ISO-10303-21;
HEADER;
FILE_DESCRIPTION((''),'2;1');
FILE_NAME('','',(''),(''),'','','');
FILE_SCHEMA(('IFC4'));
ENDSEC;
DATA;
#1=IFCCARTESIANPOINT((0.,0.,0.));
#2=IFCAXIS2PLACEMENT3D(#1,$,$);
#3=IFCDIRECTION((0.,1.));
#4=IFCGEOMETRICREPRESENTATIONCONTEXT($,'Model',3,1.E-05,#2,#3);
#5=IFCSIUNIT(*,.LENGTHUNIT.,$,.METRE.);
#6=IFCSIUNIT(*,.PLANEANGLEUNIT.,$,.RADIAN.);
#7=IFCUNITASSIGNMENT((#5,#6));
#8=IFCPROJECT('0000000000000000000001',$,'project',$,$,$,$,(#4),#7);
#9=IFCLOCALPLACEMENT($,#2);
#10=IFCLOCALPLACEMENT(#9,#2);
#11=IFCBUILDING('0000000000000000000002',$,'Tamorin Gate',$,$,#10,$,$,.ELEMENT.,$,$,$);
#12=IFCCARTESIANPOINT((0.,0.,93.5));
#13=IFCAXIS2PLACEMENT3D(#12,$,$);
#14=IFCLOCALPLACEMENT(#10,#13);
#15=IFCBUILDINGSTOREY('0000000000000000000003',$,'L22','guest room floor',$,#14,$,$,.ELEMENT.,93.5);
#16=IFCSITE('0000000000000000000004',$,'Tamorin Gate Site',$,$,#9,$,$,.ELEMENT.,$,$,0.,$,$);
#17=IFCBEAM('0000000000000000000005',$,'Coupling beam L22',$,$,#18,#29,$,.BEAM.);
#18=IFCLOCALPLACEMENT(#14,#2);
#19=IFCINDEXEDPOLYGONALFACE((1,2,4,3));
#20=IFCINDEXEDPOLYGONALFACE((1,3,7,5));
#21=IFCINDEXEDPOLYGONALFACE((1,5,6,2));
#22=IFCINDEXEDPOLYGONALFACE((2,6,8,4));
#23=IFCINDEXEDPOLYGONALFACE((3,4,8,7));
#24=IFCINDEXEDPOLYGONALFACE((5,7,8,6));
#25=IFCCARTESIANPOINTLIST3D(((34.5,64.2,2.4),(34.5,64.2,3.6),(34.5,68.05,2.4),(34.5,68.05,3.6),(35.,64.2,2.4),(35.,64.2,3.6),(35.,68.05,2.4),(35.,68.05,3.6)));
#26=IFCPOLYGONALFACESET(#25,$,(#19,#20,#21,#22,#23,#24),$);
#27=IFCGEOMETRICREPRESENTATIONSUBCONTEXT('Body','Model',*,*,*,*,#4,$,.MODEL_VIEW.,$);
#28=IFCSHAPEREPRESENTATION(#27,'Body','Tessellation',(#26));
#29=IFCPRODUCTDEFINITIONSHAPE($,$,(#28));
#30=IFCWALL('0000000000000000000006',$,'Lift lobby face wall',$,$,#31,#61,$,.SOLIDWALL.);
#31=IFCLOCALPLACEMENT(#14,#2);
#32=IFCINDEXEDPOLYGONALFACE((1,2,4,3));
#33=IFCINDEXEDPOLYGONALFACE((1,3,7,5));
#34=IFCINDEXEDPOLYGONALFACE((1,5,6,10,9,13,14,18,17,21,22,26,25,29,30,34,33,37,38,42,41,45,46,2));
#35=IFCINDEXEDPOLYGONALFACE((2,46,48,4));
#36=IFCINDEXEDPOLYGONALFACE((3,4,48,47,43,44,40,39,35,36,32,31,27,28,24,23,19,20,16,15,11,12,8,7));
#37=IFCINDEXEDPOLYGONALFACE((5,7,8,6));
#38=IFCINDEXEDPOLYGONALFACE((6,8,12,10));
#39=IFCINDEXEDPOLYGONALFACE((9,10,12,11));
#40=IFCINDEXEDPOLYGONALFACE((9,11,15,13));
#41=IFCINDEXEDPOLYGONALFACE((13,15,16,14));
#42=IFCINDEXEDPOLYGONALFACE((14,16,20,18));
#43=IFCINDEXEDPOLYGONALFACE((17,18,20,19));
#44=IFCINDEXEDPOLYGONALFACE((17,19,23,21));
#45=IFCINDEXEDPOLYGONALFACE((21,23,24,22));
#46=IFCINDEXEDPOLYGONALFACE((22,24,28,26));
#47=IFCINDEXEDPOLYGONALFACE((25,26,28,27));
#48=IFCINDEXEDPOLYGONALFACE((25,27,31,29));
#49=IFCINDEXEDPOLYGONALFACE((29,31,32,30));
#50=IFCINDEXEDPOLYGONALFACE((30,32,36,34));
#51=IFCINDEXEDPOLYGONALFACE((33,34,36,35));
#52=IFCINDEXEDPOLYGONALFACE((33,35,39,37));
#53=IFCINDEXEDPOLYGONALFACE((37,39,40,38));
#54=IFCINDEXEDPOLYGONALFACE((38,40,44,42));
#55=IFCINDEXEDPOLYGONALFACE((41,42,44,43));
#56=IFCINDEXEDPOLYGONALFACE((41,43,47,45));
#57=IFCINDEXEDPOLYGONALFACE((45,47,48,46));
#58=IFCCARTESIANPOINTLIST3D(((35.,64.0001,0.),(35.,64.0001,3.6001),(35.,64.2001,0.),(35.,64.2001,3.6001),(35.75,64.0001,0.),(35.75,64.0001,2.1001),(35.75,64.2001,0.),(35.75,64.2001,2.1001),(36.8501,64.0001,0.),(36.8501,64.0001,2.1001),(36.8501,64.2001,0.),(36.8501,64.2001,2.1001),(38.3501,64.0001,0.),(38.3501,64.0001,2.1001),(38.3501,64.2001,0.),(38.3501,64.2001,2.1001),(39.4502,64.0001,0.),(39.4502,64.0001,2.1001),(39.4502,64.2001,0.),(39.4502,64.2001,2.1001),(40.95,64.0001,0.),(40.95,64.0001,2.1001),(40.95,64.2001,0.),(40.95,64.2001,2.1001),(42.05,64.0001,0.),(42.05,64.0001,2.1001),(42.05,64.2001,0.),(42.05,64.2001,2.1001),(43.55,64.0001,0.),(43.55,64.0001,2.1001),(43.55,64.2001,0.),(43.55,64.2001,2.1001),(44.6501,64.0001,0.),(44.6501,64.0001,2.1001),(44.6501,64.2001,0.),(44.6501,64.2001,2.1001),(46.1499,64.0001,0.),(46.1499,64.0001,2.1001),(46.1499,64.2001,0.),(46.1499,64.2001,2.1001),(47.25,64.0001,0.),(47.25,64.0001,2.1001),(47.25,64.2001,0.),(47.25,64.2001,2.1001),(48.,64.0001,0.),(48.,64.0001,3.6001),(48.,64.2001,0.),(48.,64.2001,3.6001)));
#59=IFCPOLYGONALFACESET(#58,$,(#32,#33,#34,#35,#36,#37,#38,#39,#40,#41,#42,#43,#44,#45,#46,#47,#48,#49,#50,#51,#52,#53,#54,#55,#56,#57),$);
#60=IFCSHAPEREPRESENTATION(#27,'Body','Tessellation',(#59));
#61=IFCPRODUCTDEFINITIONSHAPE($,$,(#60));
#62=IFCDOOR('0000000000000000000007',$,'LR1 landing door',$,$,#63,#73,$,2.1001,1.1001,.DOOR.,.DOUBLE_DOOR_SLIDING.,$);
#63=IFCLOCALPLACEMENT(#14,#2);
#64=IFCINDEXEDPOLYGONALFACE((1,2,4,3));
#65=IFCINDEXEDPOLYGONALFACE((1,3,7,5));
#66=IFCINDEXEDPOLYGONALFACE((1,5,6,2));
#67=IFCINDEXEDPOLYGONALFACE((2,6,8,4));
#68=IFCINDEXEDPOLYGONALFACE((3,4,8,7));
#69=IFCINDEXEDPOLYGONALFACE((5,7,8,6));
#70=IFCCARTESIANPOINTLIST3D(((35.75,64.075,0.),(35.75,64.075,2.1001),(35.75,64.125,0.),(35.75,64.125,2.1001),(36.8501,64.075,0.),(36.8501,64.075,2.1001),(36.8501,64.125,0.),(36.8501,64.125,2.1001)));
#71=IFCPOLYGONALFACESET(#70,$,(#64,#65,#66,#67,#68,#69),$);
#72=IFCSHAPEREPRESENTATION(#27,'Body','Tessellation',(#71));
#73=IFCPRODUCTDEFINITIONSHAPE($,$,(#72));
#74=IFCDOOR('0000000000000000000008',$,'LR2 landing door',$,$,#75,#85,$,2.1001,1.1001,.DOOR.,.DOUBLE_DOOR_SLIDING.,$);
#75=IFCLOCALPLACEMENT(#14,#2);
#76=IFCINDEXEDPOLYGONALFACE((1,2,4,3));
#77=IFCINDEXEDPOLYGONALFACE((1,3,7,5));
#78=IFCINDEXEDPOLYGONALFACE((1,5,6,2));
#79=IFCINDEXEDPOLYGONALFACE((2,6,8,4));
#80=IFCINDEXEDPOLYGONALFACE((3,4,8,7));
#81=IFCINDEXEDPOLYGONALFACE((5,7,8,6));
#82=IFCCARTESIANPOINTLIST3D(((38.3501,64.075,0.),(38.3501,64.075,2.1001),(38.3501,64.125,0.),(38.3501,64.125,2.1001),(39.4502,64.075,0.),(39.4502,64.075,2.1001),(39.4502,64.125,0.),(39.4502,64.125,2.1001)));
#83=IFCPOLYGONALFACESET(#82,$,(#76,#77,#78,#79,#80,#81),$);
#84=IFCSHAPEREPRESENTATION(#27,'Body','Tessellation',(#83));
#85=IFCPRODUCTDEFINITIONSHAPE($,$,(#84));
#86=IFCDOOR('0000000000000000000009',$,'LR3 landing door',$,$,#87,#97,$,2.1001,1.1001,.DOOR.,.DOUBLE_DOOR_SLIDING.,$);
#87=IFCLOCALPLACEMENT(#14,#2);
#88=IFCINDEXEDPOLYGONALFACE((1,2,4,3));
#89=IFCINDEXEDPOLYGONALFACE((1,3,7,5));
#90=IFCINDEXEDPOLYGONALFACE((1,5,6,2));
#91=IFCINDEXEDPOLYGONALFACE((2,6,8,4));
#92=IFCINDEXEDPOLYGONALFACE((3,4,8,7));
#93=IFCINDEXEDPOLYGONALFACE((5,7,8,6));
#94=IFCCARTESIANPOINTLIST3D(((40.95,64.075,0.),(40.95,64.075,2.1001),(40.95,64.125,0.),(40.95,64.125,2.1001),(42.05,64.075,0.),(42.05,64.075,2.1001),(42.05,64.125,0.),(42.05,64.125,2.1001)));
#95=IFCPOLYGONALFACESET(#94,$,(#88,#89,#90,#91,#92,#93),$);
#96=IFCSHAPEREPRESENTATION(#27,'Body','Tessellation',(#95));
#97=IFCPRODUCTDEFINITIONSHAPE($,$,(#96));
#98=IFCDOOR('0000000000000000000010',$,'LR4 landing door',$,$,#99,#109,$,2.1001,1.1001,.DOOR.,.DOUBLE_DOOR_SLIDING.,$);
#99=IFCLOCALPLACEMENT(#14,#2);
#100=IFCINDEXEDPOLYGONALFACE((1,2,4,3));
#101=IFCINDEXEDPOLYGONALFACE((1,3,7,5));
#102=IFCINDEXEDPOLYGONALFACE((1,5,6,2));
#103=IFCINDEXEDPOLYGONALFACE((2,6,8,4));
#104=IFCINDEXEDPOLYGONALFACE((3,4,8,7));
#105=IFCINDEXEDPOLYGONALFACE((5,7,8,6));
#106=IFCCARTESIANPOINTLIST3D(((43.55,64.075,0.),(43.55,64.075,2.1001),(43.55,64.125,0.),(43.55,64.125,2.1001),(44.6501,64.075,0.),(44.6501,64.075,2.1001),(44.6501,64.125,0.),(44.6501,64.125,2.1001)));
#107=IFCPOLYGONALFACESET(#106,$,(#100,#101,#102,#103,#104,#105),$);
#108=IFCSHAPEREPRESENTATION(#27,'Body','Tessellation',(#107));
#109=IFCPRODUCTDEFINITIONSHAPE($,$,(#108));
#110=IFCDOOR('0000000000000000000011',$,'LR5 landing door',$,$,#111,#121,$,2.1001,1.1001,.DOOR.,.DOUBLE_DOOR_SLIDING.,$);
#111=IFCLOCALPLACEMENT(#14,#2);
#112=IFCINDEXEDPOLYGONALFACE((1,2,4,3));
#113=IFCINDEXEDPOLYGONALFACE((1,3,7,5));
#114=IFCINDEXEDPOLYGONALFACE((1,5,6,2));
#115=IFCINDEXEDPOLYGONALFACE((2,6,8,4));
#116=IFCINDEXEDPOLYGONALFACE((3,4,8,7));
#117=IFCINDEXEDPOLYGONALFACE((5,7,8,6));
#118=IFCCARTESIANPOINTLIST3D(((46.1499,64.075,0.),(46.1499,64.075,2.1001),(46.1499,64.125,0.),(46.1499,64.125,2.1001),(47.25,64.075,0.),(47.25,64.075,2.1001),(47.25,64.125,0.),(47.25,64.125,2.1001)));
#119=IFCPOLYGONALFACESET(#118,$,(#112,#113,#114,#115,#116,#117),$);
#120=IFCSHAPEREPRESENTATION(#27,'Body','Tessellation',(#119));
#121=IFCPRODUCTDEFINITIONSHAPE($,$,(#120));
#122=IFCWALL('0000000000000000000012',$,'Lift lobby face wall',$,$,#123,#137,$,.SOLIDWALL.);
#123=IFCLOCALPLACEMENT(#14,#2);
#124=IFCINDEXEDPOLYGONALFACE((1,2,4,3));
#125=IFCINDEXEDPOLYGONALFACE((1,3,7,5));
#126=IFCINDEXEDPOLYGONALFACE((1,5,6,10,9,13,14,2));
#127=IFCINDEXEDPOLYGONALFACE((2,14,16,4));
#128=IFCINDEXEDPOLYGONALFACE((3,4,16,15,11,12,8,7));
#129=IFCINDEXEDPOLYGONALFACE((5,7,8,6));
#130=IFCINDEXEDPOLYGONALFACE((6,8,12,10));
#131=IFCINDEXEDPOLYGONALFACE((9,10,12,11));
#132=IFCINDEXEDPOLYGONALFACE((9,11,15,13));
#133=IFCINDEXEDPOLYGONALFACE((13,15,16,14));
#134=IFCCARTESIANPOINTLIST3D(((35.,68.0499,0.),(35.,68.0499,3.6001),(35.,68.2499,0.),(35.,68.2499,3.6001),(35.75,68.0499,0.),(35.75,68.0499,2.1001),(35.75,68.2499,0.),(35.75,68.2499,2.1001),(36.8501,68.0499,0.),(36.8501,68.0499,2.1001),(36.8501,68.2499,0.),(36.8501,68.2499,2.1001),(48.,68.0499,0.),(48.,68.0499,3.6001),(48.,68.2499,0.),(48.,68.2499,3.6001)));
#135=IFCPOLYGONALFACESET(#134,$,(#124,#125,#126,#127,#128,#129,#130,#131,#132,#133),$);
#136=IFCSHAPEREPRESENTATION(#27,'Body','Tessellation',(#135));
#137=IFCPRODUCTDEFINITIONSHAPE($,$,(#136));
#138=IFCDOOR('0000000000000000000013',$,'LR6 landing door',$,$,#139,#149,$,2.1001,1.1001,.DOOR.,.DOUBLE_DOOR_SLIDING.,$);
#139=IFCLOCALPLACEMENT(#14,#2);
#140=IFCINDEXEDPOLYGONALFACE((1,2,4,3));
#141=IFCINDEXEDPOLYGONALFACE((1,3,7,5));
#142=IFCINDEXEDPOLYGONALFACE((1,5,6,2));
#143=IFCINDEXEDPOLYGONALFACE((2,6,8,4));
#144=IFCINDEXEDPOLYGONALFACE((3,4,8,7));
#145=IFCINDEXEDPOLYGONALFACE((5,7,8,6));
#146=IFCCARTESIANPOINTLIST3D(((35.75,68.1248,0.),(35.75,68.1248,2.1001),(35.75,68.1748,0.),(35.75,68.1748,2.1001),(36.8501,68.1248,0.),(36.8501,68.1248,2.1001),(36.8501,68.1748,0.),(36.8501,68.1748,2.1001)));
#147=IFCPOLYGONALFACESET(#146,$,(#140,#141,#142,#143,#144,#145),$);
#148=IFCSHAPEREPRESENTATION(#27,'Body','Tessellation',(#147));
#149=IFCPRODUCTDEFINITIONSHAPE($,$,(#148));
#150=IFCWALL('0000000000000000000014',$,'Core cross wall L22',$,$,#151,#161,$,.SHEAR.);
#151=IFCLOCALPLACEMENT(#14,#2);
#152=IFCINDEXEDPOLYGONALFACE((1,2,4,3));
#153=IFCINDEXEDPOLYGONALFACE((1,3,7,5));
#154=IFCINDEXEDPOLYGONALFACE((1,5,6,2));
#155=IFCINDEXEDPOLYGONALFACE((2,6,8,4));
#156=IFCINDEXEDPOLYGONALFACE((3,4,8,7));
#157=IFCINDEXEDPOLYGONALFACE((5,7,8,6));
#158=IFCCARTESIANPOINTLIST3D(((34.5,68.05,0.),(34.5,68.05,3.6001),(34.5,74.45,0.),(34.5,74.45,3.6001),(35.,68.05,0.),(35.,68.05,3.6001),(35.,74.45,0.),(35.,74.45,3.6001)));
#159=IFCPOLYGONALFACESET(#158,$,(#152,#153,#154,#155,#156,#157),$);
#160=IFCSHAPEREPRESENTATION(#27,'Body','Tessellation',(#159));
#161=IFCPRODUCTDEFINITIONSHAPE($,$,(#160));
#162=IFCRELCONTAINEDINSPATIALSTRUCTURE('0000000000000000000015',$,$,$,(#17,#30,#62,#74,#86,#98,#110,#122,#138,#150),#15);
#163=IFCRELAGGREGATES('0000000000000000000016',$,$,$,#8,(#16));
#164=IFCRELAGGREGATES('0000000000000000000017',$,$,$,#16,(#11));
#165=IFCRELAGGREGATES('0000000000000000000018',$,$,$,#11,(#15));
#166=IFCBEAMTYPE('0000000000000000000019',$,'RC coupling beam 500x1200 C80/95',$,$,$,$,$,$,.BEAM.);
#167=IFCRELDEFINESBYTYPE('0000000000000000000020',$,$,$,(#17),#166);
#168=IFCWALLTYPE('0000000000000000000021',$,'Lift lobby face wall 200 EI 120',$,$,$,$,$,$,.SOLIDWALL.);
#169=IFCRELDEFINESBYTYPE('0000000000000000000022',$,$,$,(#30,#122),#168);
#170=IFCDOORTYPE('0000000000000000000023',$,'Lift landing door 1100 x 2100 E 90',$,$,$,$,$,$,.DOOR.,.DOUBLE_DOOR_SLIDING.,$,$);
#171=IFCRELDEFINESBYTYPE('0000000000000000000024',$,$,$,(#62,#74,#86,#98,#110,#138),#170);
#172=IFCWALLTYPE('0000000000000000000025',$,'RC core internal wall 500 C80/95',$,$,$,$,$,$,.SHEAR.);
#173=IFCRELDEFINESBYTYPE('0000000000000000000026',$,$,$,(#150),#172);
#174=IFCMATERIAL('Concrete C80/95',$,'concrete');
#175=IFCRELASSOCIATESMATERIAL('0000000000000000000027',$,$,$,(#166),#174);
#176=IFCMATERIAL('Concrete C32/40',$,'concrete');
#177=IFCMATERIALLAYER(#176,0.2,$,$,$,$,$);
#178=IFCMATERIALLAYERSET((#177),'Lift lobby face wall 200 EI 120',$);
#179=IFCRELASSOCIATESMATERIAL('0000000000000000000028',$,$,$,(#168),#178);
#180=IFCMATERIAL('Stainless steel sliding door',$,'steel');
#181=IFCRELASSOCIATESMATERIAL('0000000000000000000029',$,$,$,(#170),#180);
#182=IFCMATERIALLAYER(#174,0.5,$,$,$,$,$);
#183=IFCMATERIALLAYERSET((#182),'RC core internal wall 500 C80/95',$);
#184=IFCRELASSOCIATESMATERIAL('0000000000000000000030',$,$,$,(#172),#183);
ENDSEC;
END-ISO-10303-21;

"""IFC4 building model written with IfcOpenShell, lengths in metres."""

from ifc_helpers import new_model, si_unit, direction, frame, frame_2d, origin, origin_2d, place, context, subcontext, project, spatial, rectangle, extrude, material, layer, layer_set, material_profile, profile_set, type_object, element, fill, save


model = new_model("IFC4")

# Units and contexts
model_context = context("Model", 3, precision=1e-05, world=origin(), true_north=direction((0.0, 1.0)))
body_context = subcontext(model_context, "Body", "Model", "MODEL_VIEW")
ifc_project = project(units=[si_unit("LENGTHUNIT", "METRE"), si_unit("PLANEANGLEUNIT", "RADIAN")], contexts=[model_context])

# Site, building, storey
site_placement = place(None, origin())
site = spatial("IfcSite", under=ifc_project, at=site_placement, Name="Tamorin Gate Site", CompositionType="ELEMENT", RefElevation=0.0)
building_placement = place(site_placement, origin())
building = spatial("IfcBuilding", under=site, at=building_placement, Name="Tamorin Gate", CompositionType="ELEMENT")
storey_placement = place(building_placement, frame((0.0, 0.0, 93.5)))
storey = spatial("IfcBuildingStorey", under=building, at=storey_placement, Name="L22", Description="guest room floor", CompositionType="ELEMENT", Elevation=93.5)

# Beam
ifc_material_1 = material(Name="Concrete C80/95", Category="concrete")
ifc_material_profile = material_profile(ifc_material_1, rectangle(XDim=0.5, YDim=1.2, at=origin_2d()), Name="RC 500x1200")
ifc_profile_set = profile_set([ifc_material_profile], Name="Concrete C80/95")
beam_type = type_object("IfcBeamType", Name="RC coupling beam 500x1200 C80/95", PredefinedType="BEAM", material=ifc_profile_set)
beam_placement = place(storey_placement, frame((34.75, 64.2, 3.0), z_axis=(0.0, 1.0, 0.0), x_axis=(-1.0, 0.0, 0.0)))
element("IfcBeam", 1, at=beam_placement, inside=storey, type_object=beam_type, Name="Coupling beam L22", PredefinedType="BEAM", context=body_context, shape_type="SweptSolid", body=[
    extrude(rectangle(XDim=0.5, YDim=1.2, at=origin_2d()), origin(), (0.0, 0.0, 1.0), 3.8501),
])

# Wall, openings, doors
ifc_material_2 = material(Name="Concrete C32/40", Category="concrete")
ifc_layer_1 = layer(ifc_material_2, 0.2)
ifc_layer_set_1 = layer_set([ifc_layer_1], Name="Lift lobby face wall 200 EI 120")
wall_type_1 = type_object("IfcWallType", Name="Lift lobby face wall 200 EI 120", PredefinedType="SOLIDWALL", material=ifc_layer_set_1)
wall_1_placement = place(storey_placement, frame((35.0, 64.1001, 0.0), z_axis=(0.0, 0.0, 1.0), x_axis=(1.0, 0.0, 0.0)))
wall_1 = element("IfcWall", 2, at=wall_1_placement, inside=storey, type_object=wall_type_1, Name="Lift lobby face wall", PredefinedType="SOLIDWALL", context=body_context, shape_type="SweptSolid", body=[
    extrude(rectangle(XDim=13.0, YDim=0.2, at=frame_2d((6.5, 0.0))), origin(), (0.0, 0.0, 1.0), 3.6001),
])
opening_1_placement = place(wall_1_placement, frame((0.75, 0.0, 0.0)))
opening_1 = element("IfcOpeningElement", 3, at=opening_1_placement, cuts=wall_1, PredefinedType="OPENING", context=body_context, shape_type="SweptSolid", body=[
    extrude(rectangle(XDim=1.1001, YDim=2.1001, at=frame_2d((0.55, 1.05))), frame((0.0, 0.1099, 0.0), z_axis=(0.0, -1.0, 0.0), x_axis=(1.0, 0.0, 0.0)), (0.0, 0.0, 1.0), 0.22),
])
opening_2_placement = place(wall_1_placement, frame((3.3501, 0.0, 0.0)))
opening_2 = element("IfcOpeningElement", 4, at=opening_2_placement, cuts=wall_1, PredefinedType="OPENING", context=body_context, shape_type="SweptSolid", body=[
    extrude(rectangle(XDim=1.1001, YDim=2.1001, at=frame_2d((0.55, 1.05))), frame((0.0, 0.1099, 0.0), z_axis=(0.0, -1.0, 0.0), x_axis=(1.0, 0.0, 0.0)), (0.0, 0.0, 1.0), 0.22),
])
opening_3_placement = place(wall_1_placement, frame((5.95, 0.0, 0.0)))
opening_3 = element("IfcOpeningElement", 5, at=opening_3_placement, cuts=wall_1, PredefinedType="OPENING", context=body_context, shape_type="SweptSolid", body=[
    extrude(rectangle(XDim=1.1001, YDim=2.1001, at=frame_2d((0.55, 1.05))), frame((0.0, 0.1099, 0.0), z_axis=(0.0, -1.0, 0.0), x_axis=(1.0, 0.0, 0.0)), (0.0, 0.0, 1.0), 0.22),
])
opening_4_placement = place(wall_1_placement, frame((8.55, 0.0, 0.0)))
opening_4 = element("IfcOpeningElement", 6, at=opening_4_placement, cuts=wall_1, PredefinedType="OPENING", context=body_context, shape_type="SweptSolid", body=[
    extrude(rectangle(XDim=1.1001, YDim=2.1001, at=frame_2d((0.55, 1.05))), frame((0.0, 0.1099, 0.0), z_axis=(0.0, -1.0, 0.0), x_axis=(1.0, 0.0, 0.0)), (0.0, 0.0, 1.0), 0.22),
])
opening_5_placement = place(wall_1_placement, frame((11.1499, 0.0, 0.0)))
opening_5 = element("IfcOpeningElement", 7, at=opening_5_placement, cuts=wall_1, PredefinedType="OPENING", context=body_context, shape_type="SweptSolid", body=[
    extrude(rectangle(XDim=1.1001, YDim=2.1001, at=frame_2d((0.55, 1.05))), frame((0.0, 0.1099, 0.0), z_axis=(0.0, -1.0, 0.0), x_axis=(1.0, 0.0, 0.0)), (0.0, 0.0, 1.0), 0.22),
])
ifc_material_3 = material(Name="Stainless steel sliding door", Category="steel")
door_type_1 = type_object("IfcDoorType", Name="Lift landing door 1100 x 2100 E 90", OperationType="DOUBLE_DOOR_SLIDING", PredefinedType="DOOR", material=ifc_material_3)
door_1_placement = place(opening_1_placement, origin())
door_1 = element("IfcDoor", 8, at=door_1_placement, inside=storey, type_object=door_type_1, Name="LR1 landing door", OperationType="DOUBLE_DOOR_SLIDING", OverallHeight=2.1001, OverallWidth=1.1001, PredefinedType="DOOR", context=body_context, shape_type="SweptSolid", body=[
    extrude(rectangle(XDim=1.1001, YDim=2.1001, at=frame_2d((0.55, 1.05))), frame((0.0, 0.0249, 0.0), z_axis=(0.0, -1.0, 0.0), x_axis=(1.0, 0.0, 0.0)), (0.0, 0.0, 1.0), 0.05),
])
fill(opening_1, door_1)
door_2_placement = place(opening_2_placement, origin())
door_2 = element("IfcDoor", 9, at=door_2_placement, inside=storey, type_object=door_type_1, Name="LR2 landing door", OperationType="DOUBLE_DOOR_SLIDING", OverallHeight=2.1001, OverallWidth=1.1001, PredefinedType="DOOR", context=body_context, shape_type="SweptSolid", body=[
    extrude(rectangle(XDim=1.1001, YDim=2.1001, at=frame_2d((0.55, 1.05))), frame((0.0, 0.0249, 0.0), z_axis=(0.0, -1.0, 0.0), x_axis=(1.0, 0.0, 0.0)), (0.0, 0.0, 1.0), 0.05),
])
fill(opening_2, door_2)
door_3_placement = place(opening_3_placement, origin())
door_3 = element("IfcDoor", 10, at=door_3_placement, inside=storey, type_object=door_type_1, Name="LR3 landing door", OperationType="DOUBLE_DOOR_SLIDING", OverallHeight=2.1001, OverallWidth=1.1001, PredefinedType="DOOR", context=body_context, shape_type="SweptSolid", body=[
    extrude(rectangle(XDim=1.1001, YDim=2.1001, at=frame_2d((0.55, 1.05))), frame((0.0, 0.0249, 0.0), z_axis=(0.0, -1.0, 0.0), x_axis=(1.0, 0.0, 0.0)), (0.0, 0.0, 1.0), 0.05),
])
fill(opening_3, door_3)
door_4_placement = place(opening_4_placement, origin())
door_4 = element("IfcDoor", 11, at=door_4_placement, inside=storey, type_object=door_type_1, Name="LR4 landing door", OperationType="DOUBLE_DOOR_SLIDING", OverallHeight=2.1001, OverallWidth=1.1001, PredefinedType="DOOR", context=body_context, shape_type="SweptSolid", body=[
    extrude(rectangle(XDim=1.1001, YDim=2.1001, at=frame_2d((0.55, 1.05))), frame((0.0, 0.0249, 0.0), z_axis=(0.0, -1.0, 0.0), x_axis=(1.0, 0.0, 0.0)), (0.0, 0.0, 1.0), 0.05),
])
fill(opening_4, door_4)
door_5_placement = place(opening_5_placement, origin())
door_5 = element("IfcDoor", 12, at=door_5_placement, inside=storey, type_object=door_type_1, Name="LR5 landing door", OperationType="DOUBLE_DOOR_SLIDING", OverallHeight=2.1001, OverallWidth=1.1001, PredefinedType="DOOR", context=body_context, shape_type="SweptSolid", body=[
    extrude(rectangle(XDim=1.1001, YDim=2.1001, at=frame_2d((0.55, 1.05))), frame((0.0, 0.0249, 0.0), z_axis=(0.0, -1.0, 0.0), x_axis=(1.0, 0.0, 0.0)), (0.0, 0.0, 1.0), 0.05),
])
fill(opening_5, door_5)

# Wall, opening, door
wall_2_placement = place(storey_placement, frame((35.0, 68.1499, 0.0), z_axis=(0.0, 0.0, 1.0), x_axis=(1.0, 0.0, 0.0)))
wall_2 = element("IfcWall", 13, at=wall_2_placement, inside=storey, type_object=wall_type_1, Name="Lift lobby face wall", PredefinedType="SOLIDWALL", context=body_context, shape_type="SweptSolid", body=[
    extrude(rectangle(XDim=13.0, YDim=0.2, at=frame_2d((6.5, 0.0))), origin(), (0.0, 0.0, 1.0), 3.6001),
])
opening_6_placement = place(wall_2_placement, frame((0.75, 0.0, 0.0)))
opening_6 = element("IfcOpeningElement", 14, at=opening_6_placement, cuts=wall_2, PredefinedType="OPENING", context=body_context, shape_type="SweptSolid", body=[
    extrude(rectangle(XDim=1.1001, YDim=2.1001, at=frame_2d((0.55, 1.05))), frame((0.0, 0.1099, 0.0), z_axis=(0.0, -1.0, 0.0), x_axis=(1.0, 0.0, 0.0)), (0.0, 0.0, 1.0), 0.22),
])
door_6_placement = place(opening_6_placement, origin())
door_6 = element("IfcDoor", 15, at=door_6_placement, inside=storey, type_object=door_type_1, Name="LR6 landing door", OperationType="DOUBLE_DOOR_SLIDING", OverallHeight=2.1001, OverallWidth=1.1001, PredefinedType="DOOR", context=body_context, shape_type="SweptSolid", body=[
    extrude(rectangle(XDim=1.1001, YDim=2.1001, at=frame_2d((0.55, 1.05))), frame((0.0, 0.0249, 0.0), z_axis=(0.0, -1.0, 0.0), x_axis=(1.0, 0.0, 0.0)), (0.0, 0.0, 1.0), 0.05),
])
fill(opening_6, door_6)

# Wall
ifc_layer_2 = layer(ifc_material_1, 0.5)
ifc_layer_set_2 = layer_set([ifc_layer_2], Name="RC core internal wall 500 C80/95")
wall_type_2 = type_object("IfcWallType", Name="RC core internal wall 500 C80/95", PredefinedType="SHEAR", material=ifc_layer_set_2)
wall_3_placement = place(storey_placement, frame((34.75, 68.05, 0.0), z_axis=(0.0, 0.0, 1.0), x_axis=(0.0, 1.0, 0.0)))
element("IfcWall", 16, at=wall_3_placement, inside=storey, type_object=wall_type_2, Name="Core cross wall L22", PredefinedType="SHEAR", context=body_context, shape_type="SweptSolid", body=[
    extrude(rectangle(XDim=6.3999, YDim=0.5, at=frame_2d((3.2, 0.0))), origin(), (0.0, 0.0, 1.0), 3.6001),
])

save(model, "model.ifc")
